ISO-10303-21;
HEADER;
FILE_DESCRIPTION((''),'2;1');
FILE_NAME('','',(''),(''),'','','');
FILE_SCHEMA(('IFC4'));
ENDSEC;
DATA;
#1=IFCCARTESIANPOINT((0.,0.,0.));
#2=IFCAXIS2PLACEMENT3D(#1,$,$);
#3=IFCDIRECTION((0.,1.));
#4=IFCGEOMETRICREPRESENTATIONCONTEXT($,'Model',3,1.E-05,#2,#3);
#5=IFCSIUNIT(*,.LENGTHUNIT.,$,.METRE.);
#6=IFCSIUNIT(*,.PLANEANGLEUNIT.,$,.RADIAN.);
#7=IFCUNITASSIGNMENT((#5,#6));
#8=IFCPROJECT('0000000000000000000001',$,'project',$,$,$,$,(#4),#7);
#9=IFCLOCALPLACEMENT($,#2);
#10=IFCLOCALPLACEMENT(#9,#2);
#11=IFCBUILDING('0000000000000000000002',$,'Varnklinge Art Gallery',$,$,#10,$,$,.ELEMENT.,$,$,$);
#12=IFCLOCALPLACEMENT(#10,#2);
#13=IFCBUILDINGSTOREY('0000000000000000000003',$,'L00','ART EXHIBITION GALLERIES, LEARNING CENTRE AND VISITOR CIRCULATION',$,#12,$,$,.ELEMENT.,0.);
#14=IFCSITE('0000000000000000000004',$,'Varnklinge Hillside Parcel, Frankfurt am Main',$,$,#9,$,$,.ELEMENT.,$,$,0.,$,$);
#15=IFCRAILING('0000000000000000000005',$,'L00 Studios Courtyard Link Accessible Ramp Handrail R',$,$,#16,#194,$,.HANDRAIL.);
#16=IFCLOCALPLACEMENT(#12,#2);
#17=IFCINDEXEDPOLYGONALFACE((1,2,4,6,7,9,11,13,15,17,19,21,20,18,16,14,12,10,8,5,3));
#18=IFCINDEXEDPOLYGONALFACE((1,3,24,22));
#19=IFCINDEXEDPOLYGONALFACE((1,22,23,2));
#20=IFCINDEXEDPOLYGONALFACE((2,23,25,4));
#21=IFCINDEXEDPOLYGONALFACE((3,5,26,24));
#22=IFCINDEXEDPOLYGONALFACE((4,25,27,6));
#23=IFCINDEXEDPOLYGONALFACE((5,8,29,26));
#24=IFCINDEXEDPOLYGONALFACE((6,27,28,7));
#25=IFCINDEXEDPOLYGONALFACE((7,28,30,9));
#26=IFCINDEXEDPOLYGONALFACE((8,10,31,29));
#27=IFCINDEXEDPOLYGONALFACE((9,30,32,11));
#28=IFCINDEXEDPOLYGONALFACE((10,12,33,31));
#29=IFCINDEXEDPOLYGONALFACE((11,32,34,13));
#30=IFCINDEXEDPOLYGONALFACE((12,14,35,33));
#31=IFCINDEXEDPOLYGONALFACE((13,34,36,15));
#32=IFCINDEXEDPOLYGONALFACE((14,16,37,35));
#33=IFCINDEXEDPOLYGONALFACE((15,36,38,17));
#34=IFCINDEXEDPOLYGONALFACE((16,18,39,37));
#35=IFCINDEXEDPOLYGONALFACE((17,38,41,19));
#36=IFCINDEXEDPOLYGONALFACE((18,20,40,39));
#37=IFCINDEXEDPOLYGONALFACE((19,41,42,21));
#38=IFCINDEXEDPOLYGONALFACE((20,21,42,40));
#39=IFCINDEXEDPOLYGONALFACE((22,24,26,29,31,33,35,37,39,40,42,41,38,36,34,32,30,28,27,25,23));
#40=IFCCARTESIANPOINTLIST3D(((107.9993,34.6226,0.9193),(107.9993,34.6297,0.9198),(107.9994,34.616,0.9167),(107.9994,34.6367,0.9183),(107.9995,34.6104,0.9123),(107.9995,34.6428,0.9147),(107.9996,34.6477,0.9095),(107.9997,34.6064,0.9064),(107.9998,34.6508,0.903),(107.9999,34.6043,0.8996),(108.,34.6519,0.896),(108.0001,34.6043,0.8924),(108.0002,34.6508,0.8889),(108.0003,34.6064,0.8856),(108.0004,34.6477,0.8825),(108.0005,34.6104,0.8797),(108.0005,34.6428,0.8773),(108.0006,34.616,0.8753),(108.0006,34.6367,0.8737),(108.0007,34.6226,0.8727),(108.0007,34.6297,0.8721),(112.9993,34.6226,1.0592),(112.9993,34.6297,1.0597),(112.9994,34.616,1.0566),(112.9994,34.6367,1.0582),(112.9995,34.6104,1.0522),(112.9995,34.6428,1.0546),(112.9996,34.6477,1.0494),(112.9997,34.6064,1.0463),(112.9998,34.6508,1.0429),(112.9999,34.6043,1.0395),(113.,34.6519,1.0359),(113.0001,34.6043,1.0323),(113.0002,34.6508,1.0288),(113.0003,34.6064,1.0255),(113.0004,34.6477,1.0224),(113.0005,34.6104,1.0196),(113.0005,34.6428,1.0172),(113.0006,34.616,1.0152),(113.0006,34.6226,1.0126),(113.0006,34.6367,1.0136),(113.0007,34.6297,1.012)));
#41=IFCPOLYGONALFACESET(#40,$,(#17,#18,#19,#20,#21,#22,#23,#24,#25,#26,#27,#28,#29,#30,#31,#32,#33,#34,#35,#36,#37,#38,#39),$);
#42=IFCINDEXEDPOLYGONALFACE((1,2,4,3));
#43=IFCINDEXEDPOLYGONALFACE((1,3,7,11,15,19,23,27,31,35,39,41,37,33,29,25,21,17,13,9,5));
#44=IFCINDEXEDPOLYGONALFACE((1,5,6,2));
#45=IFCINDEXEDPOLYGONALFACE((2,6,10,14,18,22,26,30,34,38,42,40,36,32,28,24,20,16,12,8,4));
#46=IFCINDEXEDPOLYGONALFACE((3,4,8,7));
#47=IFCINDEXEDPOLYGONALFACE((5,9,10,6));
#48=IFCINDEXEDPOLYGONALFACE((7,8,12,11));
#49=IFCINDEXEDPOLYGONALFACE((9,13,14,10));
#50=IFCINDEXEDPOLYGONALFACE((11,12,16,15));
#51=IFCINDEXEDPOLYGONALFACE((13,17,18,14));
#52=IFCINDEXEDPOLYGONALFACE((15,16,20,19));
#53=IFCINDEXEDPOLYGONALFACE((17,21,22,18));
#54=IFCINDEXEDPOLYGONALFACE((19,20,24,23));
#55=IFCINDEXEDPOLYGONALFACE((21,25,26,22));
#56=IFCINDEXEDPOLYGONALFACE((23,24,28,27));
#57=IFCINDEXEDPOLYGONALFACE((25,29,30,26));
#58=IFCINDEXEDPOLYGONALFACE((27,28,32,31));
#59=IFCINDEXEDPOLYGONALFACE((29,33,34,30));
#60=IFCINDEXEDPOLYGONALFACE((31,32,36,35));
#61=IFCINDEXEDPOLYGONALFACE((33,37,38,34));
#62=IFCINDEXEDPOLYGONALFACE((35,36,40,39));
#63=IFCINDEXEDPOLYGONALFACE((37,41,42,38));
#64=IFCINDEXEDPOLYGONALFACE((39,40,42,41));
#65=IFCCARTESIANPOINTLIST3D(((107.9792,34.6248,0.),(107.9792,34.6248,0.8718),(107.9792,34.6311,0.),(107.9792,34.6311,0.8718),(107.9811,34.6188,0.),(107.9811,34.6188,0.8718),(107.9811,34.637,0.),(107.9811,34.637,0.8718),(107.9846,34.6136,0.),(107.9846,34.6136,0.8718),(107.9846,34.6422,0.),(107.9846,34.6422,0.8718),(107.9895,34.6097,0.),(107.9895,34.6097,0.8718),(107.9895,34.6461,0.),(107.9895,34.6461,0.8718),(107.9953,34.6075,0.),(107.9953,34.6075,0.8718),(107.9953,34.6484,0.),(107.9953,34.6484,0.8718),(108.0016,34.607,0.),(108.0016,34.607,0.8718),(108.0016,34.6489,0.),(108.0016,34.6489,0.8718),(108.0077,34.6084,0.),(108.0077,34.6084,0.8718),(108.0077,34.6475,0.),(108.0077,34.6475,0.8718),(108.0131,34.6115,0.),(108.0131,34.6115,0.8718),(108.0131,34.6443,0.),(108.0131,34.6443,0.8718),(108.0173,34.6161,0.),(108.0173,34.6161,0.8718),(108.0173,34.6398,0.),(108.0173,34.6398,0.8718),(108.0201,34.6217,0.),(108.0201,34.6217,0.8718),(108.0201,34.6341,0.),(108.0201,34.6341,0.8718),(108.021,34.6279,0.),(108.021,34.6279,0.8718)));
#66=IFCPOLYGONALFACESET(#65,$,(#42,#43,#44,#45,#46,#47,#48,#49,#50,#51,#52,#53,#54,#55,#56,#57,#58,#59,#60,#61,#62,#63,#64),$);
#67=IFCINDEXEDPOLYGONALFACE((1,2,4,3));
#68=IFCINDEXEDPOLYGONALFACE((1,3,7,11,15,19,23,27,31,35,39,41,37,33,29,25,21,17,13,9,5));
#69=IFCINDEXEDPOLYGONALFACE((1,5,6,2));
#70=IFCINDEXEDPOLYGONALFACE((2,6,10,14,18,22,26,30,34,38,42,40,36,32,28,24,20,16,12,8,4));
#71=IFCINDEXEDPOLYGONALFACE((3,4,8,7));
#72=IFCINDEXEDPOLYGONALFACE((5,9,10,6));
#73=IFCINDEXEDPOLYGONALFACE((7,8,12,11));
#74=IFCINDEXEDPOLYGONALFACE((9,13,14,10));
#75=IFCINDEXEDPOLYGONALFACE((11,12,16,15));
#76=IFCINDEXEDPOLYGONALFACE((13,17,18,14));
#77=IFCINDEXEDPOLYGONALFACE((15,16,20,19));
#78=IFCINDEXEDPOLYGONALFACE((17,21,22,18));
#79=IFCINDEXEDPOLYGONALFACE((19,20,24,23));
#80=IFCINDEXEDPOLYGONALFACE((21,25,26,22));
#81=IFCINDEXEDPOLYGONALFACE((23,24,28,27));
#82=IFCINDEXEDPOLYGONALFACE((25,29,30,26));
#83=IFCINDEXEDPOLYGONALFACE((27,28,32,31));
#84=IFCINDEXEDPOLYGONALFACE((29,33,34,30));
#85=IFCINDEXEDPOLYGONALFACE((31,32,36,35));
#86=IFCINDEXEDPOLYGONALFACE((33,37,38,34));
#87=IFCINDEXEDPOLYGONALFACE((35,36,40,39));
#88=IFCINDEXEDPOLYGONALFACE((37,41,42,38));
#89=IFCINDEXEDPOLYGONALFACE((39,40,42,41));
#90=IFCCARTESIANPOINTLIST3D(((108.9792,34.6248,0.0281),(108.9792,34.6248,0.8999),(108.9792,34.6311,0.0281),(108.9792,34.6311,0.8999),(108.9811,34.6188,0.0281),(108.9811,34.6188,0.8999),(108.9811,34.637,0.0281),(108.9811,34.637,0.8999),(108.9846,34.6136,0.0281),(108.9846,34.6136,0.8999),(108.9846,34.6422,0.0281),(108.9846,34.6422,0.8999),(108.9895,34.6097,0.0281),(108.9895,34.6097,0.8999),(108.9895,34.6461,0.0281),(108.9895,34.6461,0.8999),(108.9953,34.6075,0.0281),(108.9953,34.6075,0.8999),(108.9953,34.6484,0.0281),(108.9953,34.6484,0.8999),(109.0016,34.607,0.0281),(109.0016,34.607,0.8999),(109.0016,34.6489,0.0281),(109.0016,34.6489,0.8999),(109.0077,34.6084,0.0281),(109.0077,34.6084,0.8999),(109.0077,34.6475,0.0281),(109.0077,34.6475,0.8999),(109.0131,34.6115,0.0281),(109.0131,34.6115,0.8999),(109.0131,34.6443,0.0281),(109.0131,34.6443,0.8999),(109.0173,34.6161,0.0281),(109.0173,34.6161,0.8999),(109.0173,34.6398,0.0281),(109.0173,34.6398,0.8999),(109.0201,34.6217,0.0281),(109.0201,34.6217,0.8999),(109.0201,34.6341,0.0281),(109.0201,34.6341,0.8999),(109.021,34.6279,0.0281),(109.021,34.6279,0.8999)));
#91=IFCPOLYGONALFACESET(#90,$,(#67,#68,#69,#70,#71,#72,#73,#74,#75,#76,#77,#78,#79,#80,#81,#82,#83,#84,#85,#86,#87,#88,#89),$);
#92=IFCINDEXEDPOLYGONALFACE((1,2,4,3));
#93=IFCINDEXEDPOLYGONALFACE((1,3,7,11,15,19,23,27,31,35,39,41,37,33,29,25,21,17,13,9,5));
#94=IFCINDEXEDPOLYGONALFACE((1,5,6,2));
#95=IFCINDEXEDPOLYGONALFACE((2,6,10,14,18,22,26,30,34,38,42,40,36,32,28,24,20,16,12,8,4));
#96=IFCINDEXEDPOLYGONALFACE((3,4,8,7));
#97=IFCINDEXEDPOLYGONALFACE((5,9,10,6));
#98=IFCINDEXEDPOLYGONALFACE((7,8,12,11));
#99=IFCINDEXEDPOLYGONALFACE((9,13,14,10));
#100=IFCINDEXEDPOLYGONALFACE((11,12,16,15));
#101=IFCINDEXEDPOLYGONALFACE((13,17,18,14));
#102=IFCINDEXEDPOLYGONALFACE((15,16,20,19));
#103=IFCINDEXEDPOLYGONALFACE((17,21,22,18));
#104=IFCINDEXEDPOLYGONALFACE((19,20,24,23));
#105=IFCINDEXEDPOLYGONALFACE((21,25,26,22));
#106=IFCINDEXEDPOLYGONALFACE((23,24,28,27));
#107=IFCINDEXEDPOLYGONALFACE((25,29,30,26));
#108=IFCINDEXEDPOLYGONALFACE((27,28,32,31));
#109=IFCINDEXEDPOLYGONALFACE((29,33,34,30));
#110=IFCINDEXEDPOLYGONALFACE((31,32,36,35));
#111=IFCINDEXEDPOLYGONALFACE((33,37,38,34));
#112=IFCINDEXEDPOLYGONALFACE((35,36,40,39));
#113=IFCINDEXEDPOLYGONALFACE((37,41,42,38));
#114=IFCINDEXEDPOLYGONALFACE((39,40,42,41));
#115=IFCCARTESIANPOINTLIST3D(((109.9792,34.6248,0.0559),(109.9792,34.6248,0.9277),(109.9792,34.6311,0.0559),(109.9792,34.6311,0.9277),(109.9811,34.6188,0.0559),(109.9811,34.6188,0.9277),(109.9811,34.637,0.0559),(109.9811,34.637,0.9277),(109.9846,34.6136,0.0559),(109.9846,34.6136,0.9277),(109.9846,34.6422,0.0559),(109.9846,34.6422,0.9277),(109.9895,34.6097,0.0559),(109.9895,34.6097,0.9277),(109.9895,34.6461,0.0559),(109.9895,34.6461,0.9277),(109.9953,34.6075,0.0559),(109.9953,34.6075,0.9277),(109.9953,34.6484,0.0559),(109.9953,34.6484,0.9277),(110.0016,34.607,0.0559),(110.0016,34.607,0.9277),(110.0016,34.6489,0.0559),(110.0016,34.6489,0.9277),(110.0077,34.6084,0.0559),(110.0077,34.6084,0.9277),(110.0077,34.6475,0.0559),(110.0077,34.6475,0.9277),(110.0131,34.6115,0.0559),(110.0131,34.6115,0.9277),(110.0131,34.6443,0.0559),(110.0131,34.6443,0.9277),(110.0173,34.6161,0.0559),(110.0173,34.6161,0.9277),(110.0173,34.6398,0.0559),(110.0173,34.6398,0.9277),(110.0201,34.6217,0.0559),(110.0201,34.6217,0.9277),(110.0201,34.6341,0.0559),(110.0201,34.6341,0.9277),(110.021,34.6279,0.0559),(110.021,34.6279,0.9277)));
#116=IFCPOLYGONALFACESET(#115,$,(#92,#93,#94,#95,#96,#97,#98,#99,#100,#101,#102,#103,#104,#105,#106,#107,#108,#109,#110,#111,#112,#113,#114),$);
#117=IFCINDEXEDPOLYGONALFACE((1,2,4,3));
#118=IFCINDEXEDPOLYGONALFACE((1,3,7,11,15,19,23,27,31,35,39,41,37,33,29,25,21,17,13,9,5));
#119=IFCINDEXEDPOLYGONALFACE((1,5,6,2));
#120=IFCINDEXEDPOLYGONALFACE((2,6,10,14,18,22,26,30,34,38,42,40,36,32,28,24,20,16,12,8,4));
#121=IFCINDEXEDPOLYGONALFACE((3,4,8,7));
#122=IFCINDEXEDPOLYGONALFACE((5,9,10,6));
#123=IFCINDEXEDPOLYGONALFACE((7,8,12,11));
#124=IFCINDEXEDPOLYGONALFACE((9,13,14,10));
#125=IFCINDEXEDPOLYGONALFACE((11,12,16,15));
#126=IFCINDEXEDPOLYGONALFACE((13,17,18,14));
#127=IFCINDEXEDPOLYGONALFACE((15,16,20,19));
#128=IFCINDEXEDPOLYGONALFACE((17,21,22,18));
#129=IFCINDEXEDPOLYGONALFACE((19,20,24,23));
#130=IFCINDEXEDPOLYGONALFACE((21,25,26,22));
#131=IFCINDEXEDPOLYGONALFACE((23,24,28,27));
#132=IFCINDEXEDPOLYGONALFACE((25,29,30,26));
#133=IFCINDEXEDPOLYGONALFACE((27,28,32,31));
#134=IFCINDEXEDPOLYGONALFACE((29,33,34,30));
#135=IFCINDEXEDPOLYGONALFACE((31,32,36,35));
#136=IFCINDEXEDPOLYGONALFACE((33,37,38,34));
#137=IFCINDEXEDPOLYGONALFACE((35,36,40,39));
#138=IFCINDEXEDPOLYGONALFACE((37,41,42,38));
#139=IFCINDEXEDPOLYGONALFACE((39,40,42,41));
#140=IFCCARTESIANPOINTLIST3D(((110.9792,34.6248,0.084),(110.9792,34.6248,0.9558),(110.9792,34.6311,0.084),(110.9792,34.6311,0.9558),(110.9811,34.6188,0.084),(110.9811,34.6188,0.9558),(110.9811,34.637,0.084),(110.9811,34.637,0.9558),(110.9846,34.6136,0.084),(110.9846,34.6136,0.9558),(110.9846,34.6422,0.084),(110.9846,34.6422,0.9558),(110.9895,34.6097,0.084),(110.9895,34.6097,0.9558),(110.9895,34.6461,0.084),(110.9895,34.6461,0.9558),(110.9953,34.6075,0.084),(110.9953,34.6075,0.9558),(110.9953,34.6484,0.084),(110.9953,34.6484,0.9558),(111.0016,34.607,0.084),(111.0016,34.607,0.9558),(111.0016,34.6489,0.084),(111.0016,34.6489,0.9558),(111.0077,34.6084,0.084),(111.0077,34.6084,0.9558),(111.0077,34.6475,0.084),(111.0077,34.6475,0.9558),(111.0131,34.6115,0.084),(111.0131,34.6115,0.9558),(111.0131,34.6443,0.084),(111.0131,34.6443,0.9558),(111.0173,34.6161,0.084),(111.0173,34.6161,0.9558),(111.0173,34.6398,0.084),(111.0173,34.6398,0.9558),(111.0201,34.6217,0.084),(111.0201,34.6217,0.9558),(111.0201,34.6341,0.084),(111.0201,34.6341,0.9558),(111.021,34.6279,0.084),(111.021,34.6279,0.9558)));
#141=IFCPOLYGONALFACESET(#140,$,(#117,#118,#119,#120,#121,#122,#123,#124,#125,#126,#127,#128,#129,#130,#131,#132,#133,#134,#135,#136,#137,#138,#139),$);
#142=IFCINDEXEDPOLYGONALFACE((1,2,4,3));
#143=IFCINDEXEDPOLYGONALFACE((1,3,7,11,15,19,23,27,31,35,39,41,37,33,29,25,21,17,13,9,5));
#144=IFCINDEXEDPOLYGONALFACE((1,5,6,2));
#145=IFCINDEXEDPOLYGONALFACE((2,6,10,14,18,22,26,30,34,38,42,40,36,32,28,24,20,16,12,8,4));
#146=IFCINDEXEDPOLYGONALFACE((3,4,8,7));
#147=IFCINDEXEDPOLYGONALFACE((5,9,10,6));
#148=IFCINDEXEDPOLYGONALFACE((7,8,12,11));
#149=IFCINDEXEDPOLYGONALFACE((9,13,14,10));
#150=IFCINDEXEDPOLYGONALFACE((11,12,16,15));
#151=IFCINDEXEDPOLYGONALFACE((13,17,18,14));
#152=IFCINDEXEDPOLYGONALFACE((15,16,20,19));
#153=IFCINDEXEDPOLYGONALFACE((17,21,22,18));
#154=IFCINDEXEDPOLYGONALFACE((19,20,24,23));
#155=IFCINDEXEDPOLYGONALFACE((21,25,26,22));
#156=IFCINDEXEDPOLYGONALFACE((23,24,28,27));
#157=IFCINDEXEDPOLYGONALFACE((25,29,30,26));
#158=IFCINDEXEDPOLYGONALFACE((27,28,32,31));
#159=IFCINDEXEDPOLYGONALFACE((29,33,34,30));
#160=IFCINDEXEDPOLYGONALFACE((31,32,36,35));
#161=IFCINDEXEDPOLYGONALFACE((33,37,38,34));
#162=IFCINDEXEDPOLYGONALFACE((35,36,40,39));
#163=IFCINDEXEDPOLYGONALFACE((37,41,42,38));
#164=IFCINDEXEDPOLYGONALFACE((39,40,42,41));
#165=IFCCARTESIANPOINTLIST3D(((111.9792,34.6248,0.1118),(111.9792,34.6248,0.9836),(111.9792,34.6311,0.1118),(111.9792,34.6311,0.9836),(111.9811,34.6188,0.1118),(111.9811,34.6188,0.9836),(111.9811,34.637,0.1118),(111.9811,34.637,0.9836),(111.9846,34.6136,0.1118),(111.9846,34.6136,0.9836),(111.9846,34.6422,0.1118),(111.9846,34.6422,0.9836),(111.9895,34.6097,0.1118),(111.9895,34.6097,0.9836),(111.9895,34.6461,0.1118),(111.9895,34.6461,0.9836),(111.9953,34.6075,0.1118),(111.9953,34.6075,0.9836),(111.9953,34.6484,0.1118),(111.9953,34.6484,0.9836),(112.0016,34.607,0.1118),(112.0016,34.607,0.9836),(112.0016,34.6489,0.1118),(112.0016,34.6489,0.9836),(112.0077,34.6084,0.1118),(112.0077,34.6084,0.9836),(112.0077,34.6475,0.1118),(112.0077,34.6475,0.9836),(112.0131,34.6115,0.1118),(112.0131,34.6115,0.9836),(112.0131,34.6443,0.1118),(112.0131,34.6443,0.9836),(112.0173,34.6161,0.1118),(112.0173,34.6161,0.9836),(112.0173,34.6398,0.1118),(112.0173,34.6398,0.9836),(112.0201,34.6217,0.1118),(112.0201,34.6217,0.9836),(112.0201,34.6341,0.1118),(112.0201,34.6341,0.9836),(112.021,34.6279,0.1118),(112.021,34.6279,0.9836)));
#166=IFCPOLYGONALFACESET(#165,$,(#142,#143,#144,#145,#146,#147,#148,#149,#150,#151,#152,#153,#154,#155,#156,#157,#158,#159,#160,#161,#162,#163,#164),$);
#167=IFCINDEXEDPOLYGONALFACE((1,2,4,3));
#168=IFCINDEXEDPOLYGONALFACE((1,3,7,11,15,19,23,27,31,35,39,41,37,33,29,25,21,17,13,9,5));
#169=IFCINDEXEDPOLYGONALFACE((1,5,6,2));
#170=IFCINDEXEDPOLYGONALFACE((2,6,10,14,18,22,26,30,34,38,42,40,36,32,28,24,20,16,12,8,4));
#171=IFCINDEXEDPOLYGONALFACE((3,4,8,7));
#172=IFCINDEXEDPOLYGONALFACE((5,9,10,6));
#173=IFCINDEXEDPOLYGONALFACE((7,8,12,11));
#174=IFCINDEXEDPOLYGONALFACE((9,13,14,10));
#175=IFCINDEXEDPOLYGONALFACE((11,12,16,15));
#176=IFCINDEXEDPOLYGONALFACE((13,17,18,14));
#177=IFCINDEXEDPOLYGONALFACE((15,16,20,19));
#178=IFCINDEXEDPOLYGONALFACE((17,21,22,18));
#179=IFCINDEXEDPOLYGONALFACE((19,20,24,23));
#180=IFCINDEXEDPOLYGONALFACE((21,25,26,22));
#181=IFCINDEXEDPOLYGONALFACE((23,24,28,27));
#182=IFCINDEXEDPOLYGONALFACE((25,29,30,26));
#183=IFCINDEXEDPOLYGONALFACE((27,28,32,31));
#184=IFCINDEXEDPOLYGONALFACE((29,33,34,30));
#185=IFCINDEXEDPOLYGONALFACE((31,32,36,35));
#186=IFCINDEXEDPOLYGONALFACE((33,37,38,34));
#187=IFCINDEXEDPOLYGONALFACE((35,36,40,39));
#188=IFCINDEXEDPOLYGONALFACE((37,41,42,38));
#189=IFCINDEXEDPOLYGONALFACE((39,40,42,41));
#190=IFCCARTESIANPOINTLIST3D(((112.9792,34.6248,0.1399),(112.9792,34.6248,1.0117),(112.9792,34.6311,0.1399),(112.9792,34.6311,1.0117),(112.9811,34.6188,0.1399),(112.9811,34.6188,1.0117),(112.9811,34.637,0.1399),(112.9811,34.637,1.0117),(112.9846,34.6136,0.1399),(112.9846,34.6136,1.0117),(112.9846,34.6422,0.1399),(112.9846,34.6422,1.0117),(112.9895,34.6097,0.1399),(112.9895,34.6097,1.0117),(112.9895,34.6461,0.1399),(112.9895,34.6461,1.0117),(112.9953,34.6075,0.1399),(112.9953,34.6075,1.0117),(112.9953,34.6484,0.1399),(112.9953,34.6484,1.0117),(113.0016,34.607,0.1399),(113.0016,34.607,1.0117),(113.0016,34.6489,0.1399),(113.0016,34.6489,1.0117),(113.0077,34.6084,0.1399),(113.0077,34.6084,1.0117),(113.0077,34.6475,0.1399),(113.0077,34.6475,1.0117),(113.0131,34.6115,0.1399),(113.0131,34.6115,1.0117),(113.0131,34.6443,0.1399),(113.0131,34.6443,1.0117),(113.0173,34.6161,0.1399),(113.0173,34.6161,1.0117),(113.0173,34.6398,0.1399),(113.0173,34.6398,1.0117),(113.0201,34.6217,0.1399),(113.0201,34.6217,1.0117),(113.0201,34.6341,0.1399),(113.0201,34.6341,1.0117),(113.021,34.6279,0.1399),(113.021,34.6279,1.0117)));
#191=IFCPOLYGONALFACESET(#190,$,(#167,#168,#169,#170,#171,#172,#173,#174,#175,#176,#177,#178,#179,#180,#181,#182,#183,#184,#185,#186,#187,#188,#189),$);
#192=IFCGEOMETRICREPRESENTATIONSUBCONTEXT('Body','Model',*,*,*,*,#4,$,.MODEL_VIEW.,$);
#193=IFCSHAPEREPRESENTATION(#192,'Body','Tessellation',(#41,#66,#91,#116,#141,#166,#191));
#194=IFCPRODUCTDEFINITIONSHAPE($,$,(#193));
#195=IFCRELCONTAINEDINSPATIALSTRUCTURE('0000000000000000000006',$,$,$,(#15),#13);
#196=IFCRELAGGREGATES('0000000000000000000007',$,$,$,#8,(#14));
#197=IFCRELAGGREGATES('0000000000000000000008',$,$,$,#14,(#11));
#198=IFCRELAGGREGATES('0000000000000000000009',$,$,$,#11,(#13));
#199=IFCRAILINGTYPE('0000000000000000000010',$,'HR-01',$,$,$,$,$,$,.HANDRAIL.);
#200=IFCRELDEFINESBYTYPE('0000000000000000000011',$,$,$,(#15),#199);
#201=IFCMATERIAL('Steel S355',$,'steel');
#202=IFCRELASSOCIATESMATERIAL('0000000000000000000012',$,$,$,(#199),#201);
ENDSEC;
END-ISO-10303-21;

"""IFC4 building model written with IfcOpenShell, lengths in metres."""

from ifc_helpers import new_model, si_unit, direction, frame, origin, origin_2d, place, context, subcontext, project, spatial, circle, extrude, material, type_object, element, save


model = new_model("IFC4")

# Units and contexts
model_context = context("Model", 3, precision=1e-05, world=origin(), true_north=direction((0.0, 1.0)))
body_context = subcontext(model_context, "Body", "Model", "MODEL_VIEW")
ifc_project = project(units=[si_unit("LENGTHUNIT", "METRE"), si_unit("PLANEANGLEUNIT", "RADIAN")], contexts=[model_context])

# Site, building, storey
site_placement = place(None, origin())
site = spatial("IfcSite", under=ifc_project, at=site_placement, Name="Varnklinge Hillside Parcel, Frankfurt am Main", CompositionType="ELEMENT", RefElevation=0.0)
building_placement = place(site_placement, origin())
building = spatial("IfcBuilding", under=site, at=building_placement, Name="Varnklinge Art Gallery", CompositionType="ELEMENT")
storey_placement = place(building_placement, origin())
storey = spatial("IfcBuildingStorey", under=building, at=storey_placement, Name="L00", Description="ART EXHIBITION GALLERIES, LEARNING CENTRE AND VISITOR CIRCULATION", CompositionType="ELEMENT", Elevation=0.0)

# Railing
ifc_material_1 = material(Name="Steel S355", Category="steel")
railing_type = type_object("IfcRailingType", Name="HR-01", PredefinedType="HANDRAIL", material=ifc_material_1)
for number, where, name in (
    (1, (108.0, 34.6279, 0.0), "L00 Studios Courtyard Link Accessible Ramp Handrail R"),
):
    element("IfcRailing", number, at=place(storey_placement, frame(where)), inside=storey, type_object=railing_type, Name=name, PredefinedType="HANDRAIL", context=body_context, shape_type="SweptSolid", body=[
        extrude(circle(Radius=0.0239, at=origin_2d()), frame((0.0, 0.0, 0.896), z_axis=(0.999609, 0.0, 0.027968), x_axis=(0.0, 1.0, 0.0)), (0.0, 0.0, 1.0), 5.002),
        extrude(circle(Radius=0.021, at=origin_2d()), origin(), (0.0, 0.0, 1.0), 0.8718),
        extrude(circle(Radius=0.021, at=origin_2d()), frame((1.0, 0.0, 0.0281)), (0.0, 0.0, 1.0), 0.8718),
        extrude(circle(Radius=0.021, at=origin_2d()), frame((2.0, 0.0, 0.0559)), (0.0, 0.0, 1.0), 0.8718),
        extrude(circle(Radius=0.021, at=origin_2d()), frame((3.0, 0.0, 0.084)), (0.0, 0.0, 1.0), 0.8718),
        extrude(circle(Radius=0.021, at=origin_2d()), frame((4.0, 0.0, 0.1118)), (0.0, 0.0, 1.0), 0.8718),
        extrude(circle(Radius=0.021, at=origin_2d()), frame((5.0, 0.0, 0.1399)), (0.0, 0.0, 1.0), 0.8718),
    ])

save(model, "model.ifc")
